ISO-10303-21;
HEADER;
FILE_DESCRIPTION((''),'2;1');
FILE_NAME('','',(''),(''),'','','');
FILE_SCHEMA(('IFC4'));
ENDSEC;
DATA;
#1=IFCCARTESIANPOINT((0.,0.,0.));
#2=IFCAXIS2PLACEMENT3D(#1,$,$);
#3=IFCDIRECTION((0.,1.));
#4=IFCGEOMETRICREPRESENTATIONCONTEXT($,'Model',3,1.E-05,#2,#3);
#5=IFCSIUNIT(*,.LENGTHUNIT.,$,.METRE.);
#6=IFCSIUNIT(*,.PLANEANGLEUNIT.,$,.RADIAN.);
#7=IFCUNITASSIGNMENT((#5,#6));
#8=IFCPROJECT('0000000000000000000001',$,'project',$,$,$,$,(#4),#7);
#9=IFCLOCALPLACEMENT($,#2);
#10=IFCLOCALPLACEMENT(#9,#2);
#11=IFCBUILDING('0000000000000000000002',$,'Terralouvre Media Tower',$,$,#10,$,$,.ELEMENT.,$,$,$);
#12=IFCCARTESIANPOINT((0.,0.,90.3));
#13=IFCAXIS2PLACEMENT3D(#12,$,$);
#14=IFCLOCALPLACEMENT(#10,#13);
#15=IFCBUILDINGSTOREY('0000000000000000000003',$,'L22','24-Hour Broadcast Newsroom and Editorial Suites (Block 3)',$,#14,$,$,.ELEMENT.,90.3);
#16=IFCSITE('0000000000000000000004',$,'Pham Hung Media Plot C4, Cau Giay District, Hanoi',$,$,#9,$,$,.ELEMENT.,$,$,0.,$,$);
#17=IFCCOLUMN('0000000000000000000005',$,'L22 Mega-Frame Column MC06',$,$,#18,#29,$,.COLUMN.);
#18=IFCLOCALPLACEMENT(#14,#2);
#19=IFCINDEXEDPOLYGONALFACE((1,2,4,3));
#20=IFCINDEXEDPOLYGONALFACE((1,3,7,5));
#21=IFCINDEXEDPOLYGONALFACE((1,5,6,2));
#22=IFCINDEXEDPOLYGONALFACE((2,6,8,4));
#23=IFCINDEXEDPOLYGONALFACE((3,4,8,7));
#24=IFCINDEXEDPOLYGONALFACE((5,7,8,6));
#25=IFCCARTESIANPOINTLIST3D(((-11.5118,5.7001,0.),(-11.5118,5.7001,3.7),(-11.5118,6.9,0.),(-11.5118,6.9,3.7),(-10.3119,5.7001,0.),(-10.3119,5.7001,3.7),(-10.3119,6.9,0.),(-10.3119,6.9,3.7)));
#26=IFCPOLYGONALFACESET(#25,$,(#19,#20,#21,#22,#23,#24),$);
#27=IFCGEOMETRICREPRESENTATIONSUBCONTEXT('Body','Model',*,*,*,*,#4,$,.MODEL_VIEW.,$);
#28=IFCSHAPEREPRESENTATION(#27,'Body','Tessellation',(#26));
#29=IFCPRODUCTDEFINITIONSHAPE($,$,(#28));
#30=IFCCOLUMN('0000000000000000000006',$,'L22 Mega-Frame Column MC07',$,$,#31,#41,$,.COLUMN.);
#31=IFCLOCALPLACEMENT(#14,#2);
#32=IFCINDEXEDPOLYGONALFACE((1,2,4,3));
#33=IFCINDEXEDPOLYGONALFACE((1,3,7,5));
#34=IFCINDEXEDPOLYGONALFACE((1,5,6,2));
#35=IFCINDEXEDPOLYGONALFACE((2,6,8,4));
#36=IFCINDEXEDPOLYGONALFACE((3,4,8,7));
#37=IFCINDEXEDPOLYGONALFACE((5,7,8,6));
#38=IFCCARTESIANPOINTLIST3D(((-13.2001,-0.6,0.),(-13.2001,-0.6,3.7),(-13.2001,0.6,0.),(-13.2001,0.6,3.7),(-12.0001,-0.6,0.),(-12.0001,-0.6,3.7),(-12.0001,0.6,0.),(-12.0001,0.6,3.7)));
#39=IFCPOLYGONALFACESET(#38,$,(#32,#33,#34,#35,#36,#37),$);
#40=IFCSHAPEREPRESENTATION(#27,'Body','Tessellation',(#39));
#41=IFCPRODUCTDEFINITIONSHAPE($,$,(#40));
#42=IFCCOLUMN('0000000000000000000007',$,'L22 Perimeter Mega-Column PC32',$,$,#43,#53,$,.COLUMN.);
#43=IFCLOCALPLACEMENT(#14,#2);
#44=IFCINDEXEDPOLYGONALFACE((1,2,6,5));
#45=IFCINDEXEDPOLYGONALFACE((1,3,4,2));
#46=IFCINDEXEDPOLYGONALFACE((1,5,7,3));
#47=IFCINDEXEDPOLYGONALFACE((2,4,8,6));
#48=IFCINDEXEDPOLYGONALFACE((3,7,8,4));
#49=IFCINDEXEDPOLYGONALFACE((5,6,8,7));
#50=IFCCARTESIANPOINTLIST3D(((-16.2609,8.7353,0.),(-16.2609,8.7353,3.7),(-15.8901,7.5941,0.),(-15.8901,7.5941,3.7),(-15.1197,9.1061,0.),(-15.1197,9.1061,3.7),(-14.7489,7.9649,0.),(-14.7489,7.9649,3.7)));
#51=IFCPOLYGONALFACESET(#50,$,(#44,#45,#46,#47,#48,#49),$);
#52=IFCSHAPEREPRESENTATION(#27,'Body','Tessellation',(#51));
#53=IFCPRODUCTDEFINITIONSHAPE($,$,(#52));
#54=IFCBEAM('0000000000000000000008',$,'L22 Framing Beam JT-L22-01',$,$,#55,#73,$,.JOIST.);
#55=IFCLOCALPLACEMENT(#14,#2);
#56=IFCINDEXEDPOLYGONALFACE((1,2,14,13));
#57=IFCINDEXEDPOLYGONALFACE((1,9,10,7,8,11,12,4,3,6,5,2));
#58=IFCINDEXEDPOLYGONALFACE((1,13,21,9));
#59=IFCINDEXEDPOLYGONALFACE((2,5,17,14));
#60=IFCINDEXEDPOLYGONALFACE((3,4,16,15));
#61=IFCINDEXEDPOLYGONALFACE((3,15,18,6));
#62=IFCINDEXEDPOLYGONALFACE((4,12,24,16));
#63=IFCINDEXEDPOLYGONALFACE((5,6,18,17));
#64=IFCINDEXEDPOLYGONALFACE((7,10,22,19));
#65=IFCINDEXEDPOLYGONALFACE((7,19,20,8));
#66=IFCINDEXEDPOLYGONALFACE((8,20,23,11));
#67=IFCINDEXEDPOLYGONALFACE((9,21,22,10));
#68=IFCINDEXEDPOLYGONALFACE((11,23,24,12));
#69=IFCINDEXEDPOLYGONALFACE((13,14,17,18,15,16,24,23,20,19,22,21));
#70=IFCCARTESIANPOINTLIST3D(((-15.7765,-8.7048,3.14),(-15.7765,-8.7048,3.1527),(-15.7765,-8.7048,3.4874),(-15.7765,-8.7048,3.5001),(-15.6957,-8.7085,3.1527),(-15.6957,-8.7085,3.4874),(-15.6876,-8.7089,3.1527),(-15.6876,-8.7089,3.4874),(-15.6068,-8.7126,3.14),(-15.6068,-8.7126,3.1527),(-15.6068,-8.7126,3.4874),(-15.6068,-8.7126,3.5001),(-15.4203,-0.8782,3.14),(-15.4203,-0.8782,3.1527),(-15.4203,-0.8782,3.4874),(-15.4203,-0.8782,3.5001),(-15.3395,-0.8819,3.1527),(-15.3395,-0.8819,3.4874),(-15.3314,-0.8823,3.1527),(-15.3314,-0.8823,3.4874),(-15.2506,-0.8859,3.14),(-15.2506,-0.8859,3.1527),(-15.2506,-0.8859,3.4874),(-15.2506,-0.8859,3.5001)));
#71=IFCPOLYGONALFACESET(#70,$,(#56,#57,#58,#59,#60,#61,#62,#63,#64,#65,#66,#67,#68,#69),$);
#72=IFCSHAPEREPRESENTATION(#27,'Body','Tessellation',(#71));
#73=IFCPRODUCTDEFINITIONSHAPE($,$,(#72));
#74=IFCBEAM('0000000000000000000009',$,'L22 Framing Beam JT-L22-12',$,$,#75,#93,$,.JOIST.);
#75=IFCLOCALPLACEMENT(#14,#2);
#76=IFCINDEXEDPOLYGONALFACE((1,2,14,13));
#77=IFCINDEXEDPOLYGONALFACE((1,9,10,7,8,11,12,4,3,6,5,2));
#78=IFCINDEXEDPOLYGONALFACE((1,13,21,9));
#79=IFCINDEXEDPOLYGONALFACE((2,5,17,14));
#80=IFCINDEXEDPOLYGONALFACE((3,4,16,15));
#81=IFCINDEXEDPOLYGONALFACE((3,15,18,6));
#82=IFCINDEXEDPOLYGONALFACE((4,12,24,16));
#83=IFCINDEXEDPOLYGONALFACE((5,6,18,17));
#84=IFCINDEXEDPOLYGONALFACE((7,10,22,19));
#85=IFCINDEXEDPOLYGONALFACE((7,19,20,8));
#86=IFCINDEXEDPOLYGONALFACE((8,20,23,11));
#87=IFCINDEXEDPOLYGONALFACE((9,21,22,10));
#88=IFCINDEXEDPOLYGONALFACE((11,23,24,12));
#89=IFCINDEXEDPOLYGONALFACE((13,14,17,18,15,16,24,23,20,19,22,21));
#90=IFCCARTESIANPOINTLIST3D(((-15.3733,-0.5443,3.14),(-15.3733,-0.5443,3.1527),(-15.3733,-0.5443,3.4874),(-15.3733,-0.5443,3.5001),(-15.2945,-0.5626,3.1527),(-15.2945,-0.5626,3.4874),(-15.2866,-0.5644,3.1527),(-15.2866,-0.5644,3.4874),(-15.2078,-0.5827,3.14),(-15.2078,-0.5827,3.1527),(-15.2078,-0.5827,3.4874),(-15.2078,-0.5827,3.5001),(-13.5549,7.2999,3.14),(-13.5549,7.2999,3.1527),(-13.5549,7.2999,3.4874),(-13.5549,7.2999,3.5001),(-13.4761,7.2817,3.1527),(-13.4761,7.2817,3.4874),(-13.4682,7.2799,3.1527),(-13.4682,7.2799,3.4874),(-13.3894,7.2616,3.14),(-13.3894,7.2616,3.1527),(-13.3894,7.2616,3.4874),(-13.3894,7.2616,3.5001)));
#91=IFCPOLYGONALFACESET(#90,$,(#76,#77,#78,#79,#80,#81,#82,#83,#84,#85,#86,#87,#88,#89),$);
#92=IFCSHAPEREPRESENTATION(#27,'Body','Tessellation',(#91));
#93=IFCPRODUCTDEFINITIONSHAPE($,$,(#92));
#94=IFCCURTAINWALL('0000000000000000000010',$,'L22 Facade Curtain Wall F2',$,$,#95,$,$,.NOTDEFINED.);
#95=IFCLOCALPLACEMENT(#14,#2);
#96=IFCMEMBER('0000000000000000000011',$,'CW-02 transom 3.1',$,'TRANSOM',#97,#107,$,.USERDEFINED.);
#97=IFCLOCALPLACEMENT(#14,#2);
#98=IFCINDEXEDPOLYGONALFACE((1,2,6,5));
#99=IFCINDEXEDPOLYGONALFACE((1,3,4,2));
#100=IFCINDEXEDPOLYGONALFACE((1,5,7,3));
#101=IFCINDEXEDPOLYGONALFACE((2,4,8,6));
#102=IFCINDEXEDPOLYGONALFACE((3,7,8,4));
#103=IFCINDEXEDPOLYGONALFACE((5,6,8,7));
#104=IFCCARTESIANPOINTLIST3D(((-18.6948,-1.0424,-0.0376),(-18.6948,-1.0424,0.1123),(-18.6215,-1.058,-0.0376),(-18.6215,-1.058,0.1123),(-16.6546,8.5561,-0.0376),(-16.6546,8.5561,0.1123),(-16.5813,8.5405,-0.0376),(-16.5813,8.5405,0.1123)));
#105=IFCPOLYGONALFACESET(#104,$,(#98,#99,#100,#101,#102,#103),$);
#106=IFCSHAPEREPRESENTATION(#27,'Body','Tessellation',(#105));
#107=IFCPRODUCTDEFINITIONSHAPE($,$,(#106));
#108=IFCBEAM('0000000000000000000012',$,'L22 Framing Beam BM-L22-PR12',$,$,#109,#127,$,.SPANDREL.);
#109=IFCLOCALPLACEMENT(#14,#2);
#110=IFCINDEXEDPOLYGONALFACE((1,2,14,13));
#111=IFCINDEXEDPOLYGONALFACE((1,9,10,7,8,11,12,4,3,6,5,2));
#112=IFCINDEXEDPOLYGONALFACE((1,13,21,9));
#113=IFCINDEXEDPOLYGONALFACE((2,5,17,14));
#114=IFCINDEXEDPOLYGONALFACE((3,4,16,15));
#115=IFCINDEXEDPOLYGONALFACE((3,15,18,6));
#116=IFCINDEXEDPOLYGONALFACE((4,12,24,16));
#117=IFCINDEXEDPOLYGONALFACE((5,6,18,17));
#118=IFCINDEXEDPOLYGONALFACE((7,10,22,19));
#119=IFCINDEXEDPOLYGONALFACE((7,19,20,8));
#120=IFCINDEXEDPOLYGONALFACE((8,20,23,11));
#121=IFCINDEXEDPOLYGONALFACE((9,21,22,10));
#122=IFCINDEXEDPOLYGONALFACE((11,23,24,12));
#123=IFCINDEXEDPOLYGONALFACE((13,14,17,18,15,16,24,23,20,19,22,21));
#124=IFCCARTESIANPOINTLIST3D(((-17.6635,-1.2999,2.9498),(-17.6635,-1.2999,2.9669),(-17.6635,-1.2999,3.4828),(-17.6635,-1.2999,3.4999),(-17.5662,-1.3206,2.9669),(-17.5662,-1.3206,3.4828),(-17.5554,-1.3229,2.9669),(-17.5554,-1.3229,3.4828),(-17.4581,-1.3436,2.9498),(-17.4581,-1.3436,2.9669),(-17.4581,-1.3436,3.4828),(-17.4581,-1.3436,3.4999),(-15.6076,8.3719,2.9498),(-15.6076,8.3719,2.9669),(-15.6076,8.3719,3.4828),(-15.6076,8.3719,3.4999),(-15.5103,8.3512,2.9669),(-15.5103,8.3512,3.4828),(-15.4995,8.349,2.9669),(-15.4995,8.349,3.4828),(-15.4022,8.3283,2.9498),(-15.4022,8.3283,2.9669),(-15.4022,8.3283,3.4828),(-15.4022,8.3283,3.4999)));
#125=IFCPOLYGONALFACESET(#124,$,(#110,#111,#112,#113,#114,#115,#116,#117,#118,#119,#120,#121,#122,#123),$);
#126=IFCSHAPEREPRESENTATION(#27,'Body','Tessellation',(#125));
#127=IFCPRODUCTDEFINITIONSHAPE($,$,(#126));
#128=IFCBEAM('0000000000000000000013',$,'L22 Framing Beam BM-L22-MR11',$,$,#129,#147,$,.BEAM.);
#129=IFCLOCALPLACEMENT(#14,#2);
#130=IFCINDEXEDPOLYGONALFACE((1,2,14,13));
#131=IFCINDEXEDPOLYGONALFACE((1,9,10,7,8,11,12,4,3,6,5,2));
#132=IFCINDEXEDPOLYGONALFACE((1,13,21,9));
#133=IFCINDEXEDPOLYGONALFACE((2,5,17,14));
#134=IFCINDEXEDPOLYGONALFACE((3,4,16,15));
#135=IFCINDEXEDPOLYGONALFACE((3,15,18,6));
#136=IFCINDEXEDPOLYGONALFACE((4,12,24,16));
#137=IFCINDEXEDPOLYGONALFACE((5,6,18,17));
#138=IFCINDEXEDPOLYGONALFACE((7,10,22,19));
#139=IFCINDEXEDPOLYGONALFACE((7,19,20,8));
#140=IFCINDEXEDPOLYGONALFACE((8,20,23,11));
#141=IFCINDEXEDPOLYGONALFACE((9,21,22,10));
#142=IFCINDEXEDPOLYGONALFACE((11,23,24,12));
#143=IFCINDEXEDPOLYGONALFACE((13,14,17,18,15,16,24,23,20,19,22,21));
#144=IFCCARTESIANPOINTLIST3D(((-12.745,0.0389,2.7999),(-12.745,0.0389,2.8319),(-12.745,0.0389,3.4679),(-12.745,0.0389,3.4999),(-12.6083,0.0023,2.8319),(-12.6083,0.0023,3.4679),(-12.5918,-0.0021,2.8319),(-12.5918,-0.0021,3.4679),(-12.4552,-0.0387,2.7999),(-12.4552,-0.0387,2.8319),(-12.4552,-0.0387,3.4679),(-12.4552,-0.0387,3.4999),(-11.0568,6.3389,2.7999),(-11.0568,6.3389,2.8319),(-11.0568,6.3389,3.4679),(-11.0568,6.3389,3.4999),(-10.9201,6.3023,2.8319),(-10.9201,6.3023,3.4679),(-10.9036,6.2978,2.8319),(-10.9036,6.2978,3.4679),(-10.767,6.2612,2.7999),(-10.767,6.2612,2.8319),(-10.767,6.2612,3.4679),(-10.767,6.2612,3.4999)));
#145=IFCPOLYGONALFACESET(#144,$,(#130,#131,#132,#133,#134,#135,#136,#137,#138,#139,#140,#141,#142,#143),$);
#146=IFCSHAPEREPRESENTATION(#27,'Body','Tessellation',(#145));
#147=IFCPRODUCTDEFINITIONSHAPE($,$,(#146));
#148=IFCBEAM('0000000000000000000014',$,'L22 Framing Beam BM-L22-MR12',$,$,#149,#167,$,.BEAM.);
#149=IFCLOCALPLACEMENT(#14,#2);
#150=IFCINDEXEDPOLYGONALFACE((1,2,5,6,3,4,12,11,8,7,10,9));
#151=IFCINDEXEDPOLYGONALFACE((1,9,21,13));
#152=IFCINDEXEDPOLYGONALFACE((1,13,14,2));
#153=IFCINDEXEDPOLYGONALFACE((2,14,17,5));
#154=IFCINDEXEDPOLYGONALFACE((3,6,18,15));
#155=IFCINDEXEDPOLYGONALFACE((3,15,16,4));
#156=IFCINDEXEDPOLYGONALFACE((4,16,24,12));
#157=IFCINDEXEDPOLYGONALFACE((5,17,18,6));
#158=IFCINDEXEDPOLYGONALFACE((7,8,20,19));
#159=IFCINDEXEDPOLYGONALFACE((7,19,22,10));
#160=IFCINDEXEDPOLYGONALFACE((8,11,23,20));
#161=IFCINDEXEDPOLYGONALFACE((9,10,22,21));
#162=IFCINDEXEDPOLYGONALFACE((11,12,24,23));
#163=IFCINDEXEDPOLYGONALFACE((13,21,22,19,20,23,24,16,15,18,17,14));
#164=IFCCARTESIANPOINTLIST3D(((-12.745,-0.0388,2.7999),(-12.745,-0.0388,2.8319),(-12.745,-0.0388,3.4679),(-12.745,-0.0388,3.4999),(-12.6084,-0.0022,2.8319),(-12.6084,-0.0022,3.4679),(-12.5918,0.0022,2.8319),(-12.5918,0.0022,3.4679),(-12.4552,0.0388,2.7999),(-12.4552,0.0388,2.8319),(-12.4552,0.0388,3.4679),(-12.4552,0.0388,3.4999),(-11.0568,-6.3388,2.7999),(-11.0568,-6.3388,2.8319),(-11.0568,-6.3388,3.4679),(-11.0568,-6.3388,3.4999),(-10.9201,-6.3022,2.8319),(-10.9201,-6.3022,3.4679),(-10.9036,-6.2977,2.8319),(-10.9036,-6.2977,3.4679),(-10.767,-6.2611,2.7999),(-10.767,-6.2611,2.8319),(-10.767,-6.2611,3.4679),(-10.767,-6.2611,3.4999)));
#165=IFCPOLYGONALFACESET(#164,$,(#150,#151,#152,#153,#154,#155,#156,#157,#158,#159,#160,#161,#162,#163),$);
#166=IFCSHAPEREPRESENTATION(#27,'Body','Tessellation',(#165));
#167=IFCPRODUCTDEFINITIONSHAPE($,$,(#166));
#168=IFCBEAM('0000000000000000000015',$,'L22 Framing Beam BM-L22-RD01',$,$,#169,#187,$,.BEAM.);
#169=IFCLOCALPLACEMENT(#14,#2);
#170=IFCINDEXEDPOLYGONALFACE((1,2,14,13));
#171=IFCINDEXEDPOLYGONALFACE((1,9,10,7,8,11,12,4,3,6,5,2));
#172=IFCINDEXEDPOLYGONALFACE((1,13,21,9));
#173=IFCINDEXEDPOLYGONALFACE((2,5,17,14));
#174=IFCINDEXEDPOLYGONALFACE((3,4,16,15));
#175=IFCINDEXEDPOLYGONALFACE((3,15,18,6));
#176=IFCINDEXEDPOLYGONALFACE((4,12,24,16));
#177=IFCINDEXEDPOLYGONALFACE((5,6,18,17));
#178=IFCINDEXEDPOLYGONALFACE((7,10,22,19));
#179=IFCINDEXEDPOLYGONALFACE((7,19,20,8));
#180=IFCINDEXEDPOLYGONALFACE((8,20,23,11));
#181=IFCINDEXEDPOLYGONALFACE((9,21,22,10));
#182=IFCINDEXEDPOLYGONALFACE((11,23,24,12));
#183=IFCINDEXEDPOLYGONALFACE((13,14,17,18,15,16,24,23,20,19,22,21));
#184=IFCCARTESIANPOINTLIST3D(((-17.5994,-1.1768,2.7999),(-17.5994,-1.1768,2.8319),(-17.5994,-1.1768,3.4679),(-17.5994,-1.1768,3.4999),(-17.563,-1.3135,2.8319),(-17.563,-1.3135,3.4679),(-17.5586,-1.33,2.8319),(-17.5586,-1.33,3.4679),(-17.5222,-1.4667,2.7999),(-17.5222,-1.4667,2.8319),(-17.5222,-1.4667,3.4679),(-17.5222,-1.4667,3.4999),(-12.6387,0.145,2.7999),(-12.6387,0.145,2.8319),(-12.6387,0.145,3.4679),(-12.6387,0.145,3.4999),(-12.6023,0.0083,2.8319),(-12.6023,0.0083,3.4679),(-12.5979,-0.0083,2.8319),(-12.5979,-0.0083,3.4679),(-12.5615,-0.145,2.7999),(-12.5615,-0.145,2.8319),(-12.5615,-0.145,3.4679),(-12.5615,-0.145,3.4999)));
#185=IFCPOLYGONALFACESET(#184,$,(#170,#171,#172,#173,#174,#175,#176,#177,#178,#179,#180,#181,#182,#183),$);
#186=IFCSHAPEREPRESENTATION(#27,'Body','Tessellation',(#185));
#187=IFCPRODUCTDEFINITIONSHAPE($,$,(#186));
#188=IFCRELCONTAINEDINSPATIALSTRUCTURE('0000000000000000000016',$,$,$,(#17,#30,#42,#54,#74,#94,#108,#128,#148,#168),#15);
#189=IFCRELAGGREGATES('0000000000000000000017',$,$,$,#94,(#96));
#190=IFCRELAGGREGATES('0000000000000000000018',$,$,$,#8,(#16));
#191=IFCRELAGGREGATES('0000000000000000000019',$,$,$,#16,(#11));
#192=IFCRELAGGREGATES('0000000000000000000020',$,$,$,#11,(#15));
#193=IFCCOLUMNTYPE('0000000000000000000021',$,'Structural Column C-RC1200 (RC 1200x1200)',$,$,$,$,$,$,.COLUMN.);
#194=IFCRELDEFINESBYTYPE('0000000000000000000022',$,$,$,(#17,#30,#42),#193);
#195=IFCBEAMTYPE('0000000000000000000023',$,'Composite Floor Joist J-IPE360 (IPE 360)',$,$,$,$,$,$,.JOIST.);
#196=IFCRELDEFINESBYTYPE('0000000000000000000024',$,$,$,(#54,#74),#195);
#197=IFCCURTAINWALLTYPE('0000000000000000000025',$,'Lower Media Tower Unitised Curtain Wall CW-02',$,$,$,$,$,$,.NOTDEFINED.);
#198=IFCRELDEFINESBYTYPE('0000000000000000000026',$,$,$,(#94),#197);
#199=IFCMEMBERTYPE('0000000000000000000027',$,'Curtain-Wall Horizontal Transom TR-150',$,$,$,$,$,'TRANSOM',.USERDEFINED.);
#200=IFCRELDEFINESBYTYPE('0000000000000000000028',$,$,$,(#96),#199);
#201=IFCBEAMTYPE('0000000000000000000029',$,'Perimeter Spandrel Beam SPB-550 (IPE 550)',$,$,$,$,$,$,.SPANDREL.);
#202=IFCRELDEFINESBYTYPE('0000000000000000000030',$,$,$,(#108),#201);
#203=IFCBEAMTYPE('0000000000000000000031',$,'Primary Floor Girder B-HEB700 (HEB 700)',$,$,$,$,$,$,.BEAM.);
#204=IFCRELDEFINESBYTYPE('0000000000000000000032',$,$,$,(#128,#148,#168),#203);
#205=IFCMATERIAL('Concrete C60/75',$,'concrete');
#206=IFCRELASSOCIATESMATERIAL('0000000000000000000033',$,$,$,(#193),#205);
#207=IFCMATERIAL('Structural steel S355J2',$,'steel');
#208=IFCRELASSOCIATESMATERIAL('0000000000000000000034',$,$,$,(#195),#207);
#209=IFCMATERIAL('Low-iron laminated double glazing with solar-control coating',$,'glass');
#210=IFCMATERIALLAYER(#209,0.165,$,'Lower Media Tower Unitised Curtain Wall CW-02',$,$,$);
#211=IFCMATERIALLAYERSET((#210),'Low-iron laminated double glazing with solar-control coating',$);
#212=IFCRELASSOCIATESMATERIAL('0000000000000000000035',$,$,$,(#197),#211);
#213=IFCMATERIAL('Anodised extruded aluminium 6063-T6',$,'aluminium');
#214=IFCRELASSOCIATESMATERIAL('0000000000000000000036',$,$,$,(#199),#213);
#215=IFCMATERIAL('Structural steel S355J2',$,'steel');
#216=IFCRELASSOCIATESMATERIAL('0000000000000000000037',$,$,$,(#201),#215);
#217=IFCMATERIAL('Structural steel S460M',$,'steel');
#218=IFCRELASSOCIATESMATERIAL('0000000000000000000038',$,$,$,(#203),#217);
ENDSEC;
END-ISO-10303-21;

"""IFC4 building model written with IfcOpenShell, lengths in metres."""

from ifc_helpers import new_model, si_unit, direction, frame, origin, origin_2d, place, context, subcontext, project, spatial, rectangle, i_section, extrude, material, layer, layer_set, material_profile, profile_set, type_object, element, aggregate, save


model = new_model("IFC4")

# Units and contexts
model_context = context("Model", 3, precision=1e-05, world=origin(), true_north=direction((0.0, 1.0)))
body_context = subcontext(model_context, "Body", "Model", "MODEL_VIEW")
ifc_project = project(units=[si_unit("LENGTHUNIT", "METRE"), si_unit("PLANEANGLEUNIT", "RADIAN")], contexts=[model_context])

# Site, building, storey
site_placement = place(None, origin())
site = spatial("IfcSite", under=ifc_project, at=site_placement, Name="Pham Hung Media Plot C4, Cau Giay District, Hanoi", CompositionType="ELEMENT", RefElevation=0.0)
building_placement = place(site_placement, origin())
building = spatial("IfcBuilding", under=site, at=building_placement, Name="Terralouvre Media Tower", CompositionType="ELEMENT")
storey_placement = place(building_placement, frame((0.0, 0.0, 90.3)))
storey = spatial("IfcBuildingStorey", under=building, at=storey_placement, Name="L22", Description="24-Hour Broadcast Newsroom and Editorial Suites (Block 3)", CompositionType="ELEMENT", Elevation=90.3)

# Columns
ifc_material_1 = material(Name="Concrete C60/75", Category="concrete")
ifc_material_profile_1 = material_profile(ifc_material_1, rectangle(XDim=1.2, YDim=1.2, at=origin_2d()), Name="RC 1200x1200")
ifc_profile_set_1 = profile_set([ifc_material_profile_1], Name="Concrete C60/75")
column_type = type_object("IfcColumnType", Name="Structural Column C-RC1200 (RC 1200x1200)", PredefinedType="COLUMN", material=ifc_profile_set_1)
for number, where, z_axis, x_axis, name in (
    (1, (-10.9119, 6.3, 0.0), (0.0, 0.0, 1.0), (1.0, 0.0, 0.0), "L22 Mega-Frame Column MC06"),
    (2, (-12.6001, 0.0, 0.0), (0.0, 0.0, 1.0), (1.0, 0.0, 0.0), "L22 Mega-Frame Column MC07"),
    (3, (-15.5049, 8.3501, 0.0), (0.0, 0.0, 1.0), (0.951057, 0.309017, 0.0), "L22 Perimeter Mega-Column PC32"),
):
    element("IfcColumn", number, at=place(storey_placement, frame(where, z_axis=z_axis, x_axis=x_axis)), inside=storey, type_object=column_type, Name=name, PredefinedType="COLUMN", context=body_context, shape_type="SweptSolid", body=[
        extrude(rectangle(XDim=1.2, YDim=1.2, at=origin_2d()), origin(), (0.0, 0.0, 1.0), 3.7),
    ])

# Beams
ifc_material_2 = material(Name="Structural steel S355J2", Category="steel")
ifc_material_profile_2 = material_profile(ifc_material_2, i_section(OverallWidth=0.1699, OverallDepth=0.3601, WebThickness=0.0081, FlangeThickness=0.0127, at=origin_2d()), Name="IPE 360")
ifc_profile_set_2 = profile_set([ifc_material_profile_2], Name="Structural steel S355J2")
beam_type_1 = type_object("IfcBeamType", Name="Composite Floor Joist J-IPE360 (IPE 360)", PredefinedType="JOIST", material=ifc_profile_set_2)
beam_1_placement = place(storey_placement, frame((-15.3354, -0.8821, 3.3201), z_axis=(-0.045464, -0.998966, 0.0), x_axis=(0.998966, -0.045464, 0.0)))
element("IfcBeam", 4, at=beam_1_placement, inside=storey, type_object=beam_type_1, Name="L22 Framing Beam JT-L22-01", PredefinedType="JOIST", context=body_context, shape_type="SweptSolid", body=[
    extrude(i_section(OverallWidth=0.1699, OverallDepth=0.3601, WebThickness=0.0081, FlangeThickness=0.0127, at=origin_2d()), origin(), (0.0, 0.0, 1.0), 7.8347),
])
beam_2_placement = place(storey_placement, frame((-13.4722, 7.2808, 3.3201), z_axis=(-0.22582, -0.974169, 0.0), x_axis=(0.974169, -0.22582, 0.0)))
element("IfcBeam", 5, at=beam_2_placement, inside=storey, type_object=beam_type_1, Name="L22 Framing Beam JT-L22-12", PredefinedType="JOIST", context=body_context, shape_type="SweptSolid", body=[
    extrude(i_section(OverallWidth=0.1699, OverallDepth=0.3601, WebThickness=0.0081, FlangeThickness=0.0127, at=origin_2d()), origin(), (0.0, 0.0, 1.0), 8.0522),
])

# Curtain wall, member
ifc_material_3 = material(Name="Low-iron laminated double glazing with solar-control coating", Category="glass")
ifc_layer_1 = layer(ifc_material_3, 0.165, Name="Lower Media Tower Unitised Curtain Wall CW-02")
ifc_layer_set_1 = layer_set([ifc_layer_1], Name="Low-iron laminated double glazing with solar-control coating")
curtain_wall_type = type_object("IfcCurtainWallType", Name="Lower Media Tower Unitised Curtain Wall CW-02", PredefinedType="NOTDEFINED", material=ifc_layer_set_1)
curtain_wall_placement = place(storey_placement, origin())
curtain_wall = element("IfcCurtainWall", 6, at=curtain_wall_placement, inside=storey, type_object=curtain_wall_type, Name="L22 Facade Curtain Wall F2", PredefinedType="NOTDEFINED")
ifc_material_4 = material(Name="Anodised extruded aluminium 6063-T6", Category="aluminium")
ifc_material_profile_3 = material_profile(ifc_material_4, rectangle(XDim=0.075, YDim=0.1499, at=origin_2d()), Name="ALU 75x150")
ifc_profile_set_3 = profile_set([ifc_material_profile_3], Name="Anodised extruded aluminium 6063-T6")
member_type = type_object("IfcMemberType", Name="Curtain-Wall Horizontal Transom TR-150", ElementType="TRANSOM", PredefinedType="USERDEFINED", material=ifc_profile_set_3)
member_placement = place(storey_placement, frame((-16.6179, 8.5483, 0.0374), z_axis=(-0.207915, -0.978147, 0.0), x_axis=(0.978147, -0.207915, 0.0)))
member = element("IfcMember", 7, at=member_placement, type_object=member_type, Name="CW-02 transom 3.1", ObjectType="TRANSOM", PredefinedType="USERDEFINED", context=body_context, shape_type="SweptSolid", body=[
    extrude(rectangle(XDim=0.075, YDim=0.1499, at=origin_2d()), origin(), (0.0, 0.0, 1.0), 9.813),
])

# Beams
ifc_material_5 = material(Name="Structural steel S355J2", Category="steel")
ifc_material_profile_4 = material_profile(ifc_material_5, i_section(OverallWidth=0.21, OverallDepth=0.55, WebThickness=0.011, FlangeThickness=0.0171, at=origin_2d()), Name="IPE 550")
ifc_profile_set_4 = profile_set([ifc_material_profile_4], Name="Structural steel S355J2")
beam_type_2 = type_object("IfcBeamType", Name="Perimeter Spandrel Beam SPB-550 (IPE 550)", PredefinedType="SPANDREL", material=ifc_profile_set_4)
beam_3_placement = place(storey_placement, frame((-15.5049, 8.3501, 3.2249), z_axis=(-0.20792, -0.978146, 0.0), x_axis=(0.978146, -0.20792, 0.0)))
element("IfcBeam", 8, at=beam_3_placement, inside=storey, type_object=beam_type_2, Name="L22 Framing Beam BM-L22-PR12", PredefinedType="SPANDREL", context=body_context, shape_type="SweptSolid", body=[
    extrude(i_section(OverallWidth=0.21, OverallDepth=0.55, WebThickness=0.011, FlangeThickness=0.0171, at=origin_2d()), origin(), (0.0, 0.0, 1.0), 9.8879),
])
ifc_material_6 = material(Name="Structural steel S460M", Category="steel")
ifc_material_profile_5 = material_profile(ifc_material_6, i_section(OverallWidth=0.3, OverallDepth=0.7, WebThickness=0.0171, FlangeThickness=0.032, at=origin_2d()), Name="HEB 700")
ifc_profile_set_5 = profile_set([ifc_material_profile_5], Name="Structural steel S460M")
beam_type_3 = type_object("IfcBeamType", Name="Primary Floor Girder B-HEB700 (HEB 700)", PredefinedType="BEAM", material=ifc_profile_set_5)
for number, where, z_axis, x_axis, name in (
    (9, (-10.9119, 6.3, 3.1499), (-0.258839, -0.96592, 0.0), (0.96592, -0.258839, 0.0), "L22 Framing Beam BM-L22-MR11"),
    (10, (-12.6001, 0.0, 3.1499), (0.258839, -0.96592, 0.0), (0.96592, 0.258839, 0.0), "L22 Framing Beam BM-L22-MR12"),
):
    element("IfcBeam", number, at=place(storey_placement, frame(where, z_axis=z_axis, x_axis=x_axis)), inside=storey, type_object=beam_type_3, Name=name, PredefinedType="BEAM", context=body_context, shape_type="SweptSolid", body=[
        extrude(i_section(OverallWidth=0.3, OverallDepth=0.7, WebThickness=0.0171, FlangeThickness=0.032, at=origin_2d()), origin(), (0.0, 0.0, 1.0), 6.5222),
    ])
beam_4_placement = place(storey_placement, frame((-12.6001, 0.0, 3.1499), z_axis=(-0.966287, -0.257467, 0.0), x_axis=(0.257467, -0.966287, 0.0)))
element("IfcBeam", 11, at=beam_4_placement, inside=storey, type_object=beam_type_3, Name="L22 Framing Beam BM-L22-RD01", PredefinedType="BEAM", context=body_context, shape_type="SweptSolid", body=[
    extrude(i_section(OverallWidth=0.3, OverallDepth=0.7, WebThickness=0.0171, FlangeThickness=0.032, at=origin_2d()), origin(), (0.0, 0.0, 1.0), 5.1338),
])

aggregate(curtain_wall, [member])

save(model, "model.ifc")
